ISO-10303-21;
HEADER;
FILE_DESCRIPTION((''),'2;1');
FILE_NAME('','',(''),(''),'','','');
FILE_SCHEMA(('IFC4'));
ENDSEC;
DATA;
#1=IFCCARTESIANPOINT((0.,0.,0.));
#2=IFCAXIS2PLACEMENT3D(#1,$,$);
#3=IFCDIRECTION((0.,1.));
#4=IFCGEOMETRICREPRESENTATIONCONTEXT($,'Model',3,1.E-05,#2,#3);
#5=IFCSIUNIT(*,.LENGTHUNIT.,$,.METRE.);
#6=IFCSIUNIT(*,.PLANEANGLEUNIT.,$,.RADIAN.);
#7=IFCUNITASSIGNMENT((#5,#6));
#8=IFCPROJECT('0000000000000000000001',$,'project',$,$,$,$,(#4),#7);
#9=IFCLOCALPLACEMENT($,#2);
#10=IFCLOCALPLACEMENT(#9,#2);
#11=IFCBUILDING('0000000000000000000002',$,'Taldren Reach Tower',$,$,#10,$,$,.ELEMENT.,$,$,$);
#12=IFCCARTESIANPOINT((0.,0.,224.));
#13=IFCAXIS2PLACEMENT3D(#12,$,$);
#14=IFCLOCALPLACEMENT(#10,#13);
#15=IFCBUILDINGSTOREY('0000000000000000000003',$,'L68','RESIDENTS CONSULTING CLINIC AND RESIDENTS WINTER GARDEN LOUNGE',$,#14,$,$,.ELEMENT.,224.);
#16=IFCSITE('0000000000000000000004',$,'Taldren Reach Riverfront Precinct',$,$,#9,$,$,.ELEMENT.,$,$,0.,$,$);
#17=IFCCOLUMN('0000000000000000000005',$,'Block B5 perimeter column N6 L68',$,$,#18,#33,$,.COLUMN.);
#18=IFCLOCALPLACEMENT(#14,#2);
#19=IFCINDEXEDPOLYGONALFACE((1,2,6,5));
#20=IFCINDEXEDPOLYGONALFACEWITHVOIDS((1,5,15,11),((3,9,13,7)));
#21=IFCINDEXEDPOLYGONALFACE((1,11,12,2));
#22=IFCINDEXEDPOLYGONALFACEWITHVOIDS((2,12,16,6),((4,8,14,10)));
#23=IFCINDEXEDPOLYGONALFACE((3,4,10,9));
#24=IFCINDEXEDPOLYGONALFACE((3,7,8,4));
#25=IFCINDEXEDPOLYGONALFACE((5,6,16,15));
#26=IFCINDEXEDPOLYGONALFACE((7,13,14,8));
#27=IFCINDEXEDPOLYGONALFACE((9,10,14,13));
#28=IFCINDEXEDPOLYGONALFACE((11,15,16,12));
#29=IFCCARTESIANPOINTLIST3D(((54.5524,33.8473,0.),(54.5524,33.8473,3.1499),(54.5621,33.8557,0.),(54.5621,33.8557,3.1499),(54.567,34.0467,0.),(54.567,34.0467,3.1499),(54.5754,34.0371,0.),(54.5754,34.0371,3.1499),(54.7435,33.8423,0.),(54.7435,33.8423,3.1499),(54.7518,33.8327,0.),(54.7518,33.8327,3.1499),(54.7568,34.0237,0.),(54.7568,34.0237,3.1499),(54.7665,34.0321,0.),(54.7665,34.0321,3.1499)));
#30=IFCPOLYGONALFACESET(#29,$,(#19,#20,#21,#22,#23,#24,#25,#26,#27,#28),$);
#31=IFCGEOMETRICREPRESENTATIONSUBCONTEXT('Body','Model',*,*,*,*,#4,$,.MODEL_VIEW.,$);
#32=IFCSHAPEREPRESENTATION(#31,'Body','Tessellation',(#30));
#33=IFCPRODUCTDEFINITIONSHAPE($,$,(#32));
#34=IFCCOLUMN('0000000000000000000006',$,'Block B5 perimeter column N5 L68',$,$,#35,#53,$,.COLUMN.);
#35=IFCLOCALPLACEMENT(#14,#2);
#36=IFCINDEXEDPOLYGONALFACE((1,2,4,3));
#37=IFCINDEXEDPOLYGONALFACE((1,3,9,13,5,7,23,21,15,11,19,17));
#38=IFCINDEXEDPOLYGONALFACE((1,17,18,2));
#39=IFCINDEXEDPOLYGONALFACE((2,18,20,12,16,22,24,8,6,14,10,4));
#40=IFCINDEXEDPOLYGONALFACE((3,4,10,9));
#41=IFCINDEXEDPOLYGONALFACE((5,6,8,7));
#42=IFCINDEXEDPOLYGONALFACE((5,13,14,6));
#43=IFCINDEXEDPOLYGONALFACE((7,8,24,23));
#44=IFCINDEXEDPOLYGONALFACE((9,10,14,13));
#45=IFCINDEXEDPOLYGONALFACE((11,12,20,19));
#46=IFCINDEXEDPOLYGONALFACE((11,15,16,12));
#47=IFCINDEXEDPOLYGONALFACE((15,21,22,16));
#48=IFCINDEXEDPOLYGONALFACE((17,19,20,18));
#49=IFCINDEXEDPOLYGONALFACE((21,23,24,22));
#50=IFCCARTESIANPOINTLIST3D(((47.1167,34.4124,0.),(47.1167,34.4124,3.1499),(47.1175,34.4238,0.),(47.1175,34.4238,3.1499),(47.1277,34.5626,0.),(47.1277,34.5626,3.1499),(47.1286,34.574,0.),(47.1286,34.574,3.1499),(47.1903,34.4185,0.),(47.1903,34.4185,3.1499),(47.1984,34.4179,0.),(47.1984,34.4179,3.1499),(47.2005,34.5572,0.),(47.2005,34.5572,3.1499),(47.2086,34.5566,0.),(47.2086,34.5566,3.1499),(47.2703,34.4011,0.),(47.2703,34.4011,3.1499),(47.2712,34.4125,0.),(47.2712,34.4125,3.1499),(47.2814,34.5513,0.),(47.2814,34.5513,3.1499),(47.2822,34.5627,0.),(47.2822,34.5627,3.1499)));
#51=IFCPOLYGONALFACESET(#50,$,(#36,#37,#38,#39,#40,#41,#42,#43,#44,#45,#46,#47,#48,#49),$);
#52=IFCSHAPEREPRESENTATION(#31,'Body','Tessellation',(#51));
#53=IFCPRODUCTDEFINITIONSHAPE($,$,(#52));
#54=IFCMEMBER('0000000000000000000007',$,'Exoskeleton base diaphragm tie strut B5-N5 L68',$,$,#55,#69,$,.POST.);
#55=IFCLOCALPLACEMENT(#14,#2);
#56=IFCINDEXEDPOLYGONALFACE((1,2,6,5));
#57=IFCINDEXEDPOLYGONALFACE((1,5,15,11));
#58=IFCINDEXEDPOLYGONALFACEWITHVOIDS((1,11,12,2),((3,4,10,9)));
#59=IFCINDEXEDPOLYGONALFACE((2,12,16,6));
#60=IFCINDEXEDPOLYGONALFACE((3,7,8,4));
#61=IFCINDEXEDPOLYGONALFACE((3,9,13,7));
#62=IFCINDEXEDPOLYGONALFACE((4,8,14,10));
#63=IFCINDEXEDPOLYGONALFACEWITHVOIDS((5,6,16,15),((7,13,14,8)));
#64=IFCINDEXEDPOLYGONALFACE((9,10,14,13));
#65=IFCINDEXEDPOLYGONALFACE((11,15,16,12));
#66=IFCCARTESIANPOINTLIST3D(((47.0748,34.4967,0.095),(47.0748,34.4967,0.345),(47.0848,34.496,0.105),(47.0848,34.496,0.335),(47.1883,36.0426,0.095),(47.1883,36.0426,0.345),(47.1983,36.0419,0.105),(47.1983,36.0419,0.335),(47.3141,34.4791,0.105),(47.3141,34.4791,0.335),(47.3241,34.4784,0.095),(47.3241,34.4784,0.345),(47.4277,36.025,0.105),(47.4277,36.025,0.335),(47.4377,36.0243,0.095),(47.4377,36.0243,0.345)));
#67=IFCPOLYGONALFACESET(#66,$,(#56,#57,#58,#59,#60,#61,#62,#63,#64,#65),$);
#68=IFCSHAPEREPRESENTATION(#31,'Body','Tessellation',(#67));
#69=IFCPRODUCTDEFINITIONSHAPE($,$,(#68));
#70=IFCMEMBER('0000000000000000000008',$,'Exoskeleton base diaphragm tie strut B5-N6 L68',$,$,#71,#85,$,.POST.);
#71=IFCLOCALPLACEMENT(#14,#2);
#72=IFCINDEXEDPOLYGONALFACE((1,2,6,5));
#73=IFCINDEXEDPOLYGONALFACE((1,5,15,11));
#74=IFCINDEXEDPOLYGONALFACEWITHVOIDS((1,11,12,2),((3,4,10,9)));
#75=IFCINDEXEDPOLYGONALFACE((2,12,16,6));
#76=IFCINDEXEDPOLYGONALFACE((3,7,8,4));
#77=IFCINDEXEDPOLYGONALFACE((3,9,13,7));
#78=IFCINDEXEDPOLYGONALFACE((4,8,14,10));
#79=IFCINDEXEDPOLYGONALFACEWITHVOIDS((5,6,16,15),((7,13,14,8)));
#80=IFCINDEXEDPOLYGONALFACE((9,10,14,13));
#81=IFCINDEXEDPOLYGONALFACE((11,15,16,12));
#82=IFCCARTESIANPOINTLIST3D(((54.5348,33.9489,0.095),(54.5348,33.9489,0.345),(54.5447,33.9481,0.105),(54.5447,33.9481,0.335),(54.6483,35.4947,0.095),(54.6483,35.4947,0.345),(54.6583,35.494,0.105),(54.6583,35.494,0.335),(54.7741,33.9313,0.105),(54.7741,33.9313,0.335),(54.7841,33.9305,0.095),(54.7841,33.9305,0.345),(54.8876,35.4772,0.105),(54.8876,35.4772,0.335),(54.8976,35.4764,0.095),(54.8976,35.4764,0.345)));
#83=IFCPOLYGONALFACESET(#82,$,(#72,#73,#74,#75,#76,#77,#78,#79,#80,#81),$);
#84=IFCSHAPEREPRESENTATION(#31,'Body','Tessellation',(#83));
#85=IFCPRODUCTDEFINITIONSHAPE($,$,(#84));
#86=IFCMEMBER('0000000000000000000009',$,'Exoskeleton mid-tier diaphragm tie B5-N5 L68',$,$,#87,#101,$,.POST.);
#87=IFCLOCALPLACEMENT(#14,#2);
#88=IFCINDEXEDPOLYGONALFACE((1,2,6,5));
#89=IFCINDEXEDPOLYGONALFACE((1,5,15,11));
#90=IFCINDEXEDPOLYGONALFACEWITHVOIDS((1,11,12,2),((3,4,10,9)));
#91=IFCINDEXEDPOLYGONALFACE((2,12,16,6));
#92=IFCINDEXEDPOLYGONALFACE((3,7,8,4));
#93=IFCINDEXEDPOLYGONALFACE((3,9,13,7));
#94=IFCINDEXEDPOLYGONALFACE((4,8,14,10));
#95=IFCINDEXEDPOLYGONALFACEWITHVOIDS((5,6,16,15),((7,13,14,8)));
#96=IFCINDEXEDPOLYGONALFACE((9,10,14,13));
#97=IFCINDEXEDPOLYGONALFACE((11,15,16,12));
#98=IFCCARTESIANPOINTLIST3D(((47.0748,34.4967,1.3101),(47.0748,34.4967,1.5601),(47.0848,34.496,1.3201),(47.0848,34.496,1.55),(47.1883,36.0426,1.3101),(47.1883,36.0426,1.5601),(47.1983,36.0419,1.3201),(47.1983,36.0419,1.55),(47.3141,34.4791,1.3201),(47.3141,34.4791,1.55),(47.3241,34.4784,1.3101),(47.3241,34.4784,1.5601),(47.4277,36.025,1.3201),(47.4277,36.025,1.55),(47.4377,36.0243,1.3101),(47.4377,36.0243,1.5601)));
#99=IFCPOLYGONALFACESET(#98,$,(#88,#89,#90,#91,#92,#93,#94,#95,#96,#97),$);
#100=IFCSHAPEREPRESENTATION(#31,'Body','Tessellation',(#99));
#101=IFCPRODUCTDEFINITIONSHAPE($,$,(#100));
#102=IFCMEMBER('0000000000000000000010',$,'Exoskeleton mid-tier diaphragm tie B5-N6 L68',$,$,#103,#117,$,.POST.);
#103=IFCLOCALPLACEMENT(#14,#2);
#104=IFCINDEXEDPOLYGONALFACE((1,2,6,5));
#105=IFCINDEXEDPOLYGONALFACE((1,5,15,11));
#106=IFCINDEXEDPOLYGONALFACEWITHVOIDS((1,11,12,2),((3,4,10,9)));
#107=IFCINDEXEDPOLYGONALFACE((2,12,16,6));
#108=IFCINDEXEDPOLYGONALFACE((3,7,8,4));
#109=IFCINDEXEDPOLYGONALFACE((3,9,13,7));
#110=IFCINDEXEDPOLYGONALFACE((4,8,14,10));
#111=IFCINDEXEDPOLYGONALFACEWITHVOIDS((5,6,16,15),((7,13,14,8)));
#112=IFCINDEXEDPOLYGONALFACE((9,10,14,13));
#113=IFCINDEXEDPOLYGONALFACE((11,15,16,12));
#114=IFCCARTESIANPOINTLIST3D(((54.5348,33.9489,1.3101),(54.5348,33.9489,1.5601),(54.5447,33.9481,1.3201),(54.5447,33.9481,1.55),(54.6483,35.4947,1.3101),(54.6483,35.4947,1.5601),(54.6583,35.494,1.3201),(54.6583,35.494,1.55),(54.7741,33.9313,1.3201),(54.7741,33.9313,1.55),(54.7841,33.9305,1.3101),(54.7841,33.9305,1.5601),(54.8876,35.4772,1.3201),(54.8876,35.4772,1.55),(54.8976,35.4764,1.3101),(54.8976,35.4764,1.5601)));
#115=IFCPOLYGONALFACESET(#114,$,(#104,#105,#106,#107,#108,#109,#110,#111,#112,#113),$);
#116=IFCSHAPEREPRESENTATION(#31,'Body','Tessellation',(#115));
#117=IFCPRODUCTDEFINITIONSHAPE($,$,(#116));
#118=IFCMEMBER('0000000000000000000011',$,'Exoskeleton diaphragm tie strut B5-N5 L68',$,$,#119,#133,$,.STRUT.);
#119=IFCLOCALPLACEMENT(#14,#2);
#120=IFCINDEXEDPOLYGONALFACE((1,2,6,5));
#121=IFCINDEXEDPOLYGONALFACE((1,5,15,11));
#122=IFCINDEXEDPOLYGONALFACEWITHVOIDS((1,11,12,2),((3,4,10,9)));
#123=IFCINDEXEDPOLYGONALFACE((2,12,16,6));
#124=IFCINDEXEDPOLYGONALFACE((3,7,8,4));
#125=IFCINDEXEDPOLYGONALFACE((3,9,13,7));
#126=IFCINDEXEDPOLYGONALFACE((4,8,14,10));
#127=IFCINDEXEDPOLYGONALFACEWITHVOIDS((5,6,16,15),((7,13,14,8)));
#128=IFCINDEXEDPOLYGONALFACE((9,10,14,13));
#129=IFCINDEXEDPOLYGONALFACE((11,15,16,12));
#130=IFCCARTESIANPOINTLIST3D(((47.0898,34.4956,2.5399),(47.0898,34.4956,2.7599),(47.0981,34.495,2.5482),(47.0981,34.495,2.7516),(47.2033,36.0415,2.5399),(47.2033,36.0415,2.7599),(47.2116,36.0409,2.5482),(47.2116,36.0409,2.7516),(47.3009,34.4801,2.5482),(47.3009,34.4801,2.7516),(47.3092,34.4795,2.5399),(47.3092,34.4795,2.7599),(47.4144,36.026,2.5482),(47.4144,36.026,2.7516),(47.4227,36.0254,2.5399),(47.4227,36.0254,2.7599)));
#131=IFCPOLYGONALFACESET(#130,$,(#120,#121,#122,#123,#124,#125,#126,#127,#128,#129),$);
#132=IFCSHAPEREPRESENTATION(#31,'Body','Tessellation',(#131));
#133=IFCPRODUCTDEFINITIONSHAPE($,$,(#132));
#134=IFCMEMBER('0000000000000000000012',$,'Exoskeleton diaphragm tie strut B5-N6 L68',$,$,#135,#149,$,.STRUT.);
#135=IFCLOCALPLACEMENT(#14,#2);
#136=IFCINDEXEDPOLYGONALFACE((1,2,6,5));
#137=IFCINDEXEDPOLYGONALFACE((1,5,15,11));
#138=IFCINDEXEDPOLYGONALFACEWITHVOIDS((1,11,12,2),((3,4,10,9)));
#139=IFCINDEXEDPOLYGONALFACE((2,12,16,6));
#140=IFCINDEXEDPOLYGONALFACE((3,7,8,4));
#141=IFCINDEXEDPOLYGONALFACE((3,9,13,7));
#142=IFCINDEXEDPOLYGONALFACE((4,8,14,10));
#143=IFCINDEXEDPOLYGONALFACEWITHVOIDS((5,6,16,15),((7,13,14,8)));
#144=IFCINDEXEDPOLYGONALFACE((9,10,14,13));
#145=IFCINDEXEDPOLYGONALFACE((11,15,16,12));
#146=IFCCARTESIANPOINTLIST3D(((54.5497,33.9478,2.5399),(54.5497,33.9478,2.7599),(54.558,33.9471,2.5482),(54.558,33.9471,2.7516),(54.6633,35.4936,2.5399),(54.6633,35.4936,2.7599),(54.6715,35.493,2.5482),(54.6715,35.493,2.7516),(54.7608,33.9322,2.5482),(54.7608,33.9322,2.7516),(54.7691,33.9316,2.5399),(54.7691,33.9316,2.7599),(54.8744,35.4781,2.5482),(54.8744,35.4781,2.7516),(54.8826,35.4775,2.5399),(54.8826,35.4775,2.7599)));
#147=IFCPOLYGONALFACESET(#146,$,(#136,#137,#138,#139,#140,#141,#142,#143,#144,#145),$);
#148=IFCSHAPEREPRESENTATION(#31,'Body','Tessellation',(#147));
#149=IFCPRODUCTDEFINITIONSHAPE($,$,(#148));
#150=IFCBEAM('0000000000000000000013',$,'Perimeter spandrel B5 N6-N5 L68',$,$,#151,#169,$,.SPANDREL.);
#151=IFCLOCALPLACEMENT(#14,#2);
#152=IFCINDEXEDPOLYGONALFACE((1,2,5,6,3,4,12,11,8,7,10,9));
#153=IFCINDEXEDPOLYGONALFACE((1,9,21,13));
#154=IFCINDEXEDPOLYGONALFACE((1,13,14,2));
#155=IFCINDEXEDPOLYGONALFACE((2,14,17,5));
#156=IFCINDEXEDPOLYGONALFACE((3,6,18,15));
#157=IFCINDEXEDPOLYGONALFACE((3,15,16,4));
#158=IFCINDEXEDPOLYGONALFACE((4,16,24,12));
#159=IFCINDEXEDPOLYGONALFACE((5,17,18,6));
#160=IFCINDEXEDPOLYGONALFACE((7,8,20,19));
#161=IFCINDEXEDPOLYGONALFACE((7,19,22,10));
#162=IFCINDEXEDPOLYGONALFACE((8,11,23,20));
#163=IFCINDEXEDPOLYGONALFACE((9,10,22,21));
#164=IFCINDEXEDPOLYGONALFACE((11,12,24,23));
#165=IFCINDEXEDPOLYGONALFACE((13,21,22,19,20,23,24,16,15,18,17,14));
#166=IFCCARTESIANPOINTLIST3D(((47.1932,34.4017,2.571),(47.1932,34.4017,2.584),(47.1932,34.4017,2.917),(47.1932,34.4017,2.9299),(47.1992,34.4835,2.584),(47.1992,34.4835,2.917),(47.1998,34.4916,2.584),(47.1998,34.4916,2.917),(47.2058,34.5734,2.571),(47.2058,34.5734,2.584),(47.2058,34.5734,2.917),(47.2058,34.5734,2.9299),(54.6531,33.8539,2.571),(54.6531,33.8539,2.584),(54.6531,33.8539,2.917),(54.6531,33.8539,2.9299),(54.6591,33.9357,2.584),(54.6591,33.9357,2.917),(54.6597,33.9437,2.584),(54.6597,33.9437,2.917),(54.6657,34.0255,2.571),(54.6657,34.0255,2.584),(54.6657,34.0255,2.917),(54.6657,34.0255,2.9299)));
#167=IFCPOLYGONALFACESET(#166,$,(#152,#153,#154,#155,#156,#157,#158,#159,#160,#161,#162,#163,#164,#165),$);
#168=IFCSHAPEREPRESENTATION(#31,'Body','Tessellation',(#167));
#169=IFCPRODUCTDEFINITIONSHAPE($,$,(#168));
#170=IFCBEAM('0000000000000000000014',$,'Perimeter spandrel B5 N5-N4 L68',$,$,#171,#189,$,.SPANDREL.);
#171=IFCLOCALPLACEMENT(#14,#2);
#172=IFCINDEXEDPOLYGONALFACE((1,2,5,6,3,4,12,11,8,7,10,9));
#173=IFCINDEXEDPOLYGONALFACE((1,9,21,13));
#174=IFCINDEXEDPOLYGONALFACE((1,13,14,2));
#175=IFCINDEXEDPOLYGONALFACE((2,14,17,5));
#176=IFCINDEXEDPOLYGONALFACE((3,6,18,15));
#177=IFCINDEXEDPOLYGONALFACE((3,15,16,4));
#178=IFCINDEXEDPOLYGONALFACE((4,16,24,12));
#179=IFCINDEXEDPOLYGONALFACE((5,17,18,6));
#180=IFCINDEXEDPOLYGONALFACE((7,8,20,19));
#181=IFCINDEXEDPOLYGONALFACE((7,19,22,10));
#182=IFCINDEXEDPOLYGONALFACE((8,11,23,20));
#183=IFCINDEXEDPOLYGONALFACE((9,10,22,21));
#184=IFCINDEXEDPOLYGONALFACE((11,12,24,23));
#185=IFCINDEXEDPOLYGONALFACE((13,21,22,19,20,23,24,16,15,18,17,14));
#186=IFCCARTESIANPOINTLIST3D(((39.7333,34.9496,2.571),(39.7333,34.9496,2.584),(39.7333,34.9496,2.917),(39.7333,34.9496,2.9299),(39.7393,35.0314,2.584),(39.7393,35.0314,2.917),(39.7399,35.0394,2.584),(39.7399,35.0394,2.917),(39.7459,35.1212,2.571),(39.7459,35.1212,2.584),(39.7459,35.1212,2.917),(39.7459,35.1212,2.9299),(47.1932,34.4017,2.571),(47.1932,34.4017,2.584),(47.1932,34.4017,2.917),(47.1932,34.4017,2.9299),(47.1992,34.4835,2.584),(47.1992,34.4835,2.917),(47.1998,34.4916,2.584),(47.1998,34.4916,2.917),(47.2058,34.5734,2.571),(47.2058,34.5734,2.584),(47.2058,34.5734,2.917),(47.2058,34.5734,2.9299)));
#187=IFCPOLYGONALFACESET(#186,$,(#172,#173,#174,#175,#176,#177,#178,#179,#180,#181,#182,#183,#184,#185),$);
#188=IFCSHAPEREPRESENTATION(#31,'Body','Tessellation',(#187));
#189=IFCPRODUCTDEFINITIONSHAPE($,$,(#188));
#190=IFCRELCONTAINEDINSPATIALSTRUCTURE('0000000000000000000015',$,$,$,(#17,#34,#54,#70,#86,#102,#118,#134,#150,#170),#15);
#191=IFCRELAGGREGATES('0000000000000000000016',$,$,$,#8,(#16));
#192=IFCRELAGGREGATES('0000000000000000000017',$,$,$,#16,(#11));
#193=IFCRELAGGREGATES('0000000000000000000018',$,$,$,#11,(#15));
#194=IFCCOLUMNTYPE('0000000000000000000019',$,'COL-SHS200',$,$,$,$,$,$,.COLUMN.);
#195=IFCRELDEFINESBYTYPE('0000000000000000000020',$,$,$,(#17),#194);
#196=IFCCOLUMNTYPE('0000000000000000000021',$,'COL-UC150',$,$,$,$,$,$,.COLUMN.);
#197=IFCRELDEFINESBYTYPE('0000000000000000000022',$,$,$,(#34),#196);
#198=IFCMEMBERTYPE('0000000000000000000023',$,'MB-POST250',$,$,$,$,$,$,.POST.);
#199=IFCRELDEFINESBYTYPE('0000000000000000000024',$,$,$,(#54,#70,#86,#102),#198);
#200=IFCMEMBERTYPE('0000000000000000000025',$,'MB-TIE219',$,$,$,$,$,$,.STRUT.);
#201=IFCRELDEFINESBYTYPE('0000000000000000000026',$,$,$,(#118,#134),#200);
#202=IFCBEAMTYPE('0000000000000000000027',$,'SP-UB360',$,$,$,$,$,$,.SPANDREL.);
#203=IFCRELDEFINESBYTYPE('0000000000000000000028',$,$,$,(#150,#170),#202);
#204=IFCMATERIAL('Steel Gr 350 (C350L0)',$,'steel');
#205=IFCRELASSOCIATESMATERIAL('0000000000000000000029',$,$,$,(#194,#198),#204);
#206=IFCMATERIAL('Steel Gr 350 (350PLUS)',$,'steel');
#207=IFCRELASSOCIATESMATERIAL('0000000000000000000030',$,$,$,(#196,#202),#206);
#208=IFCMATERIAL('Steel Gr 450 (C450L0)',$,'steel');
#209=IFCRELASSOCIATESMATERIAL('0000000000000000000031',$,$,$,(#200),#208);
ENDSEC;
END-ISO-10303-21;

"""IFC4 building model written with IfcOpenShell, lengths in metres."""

from ifc_helpers import new_model, si_unit, direction, frame, origin, origin_2d, place, context, subcontext, project, spatial, hollow_rectangle, i_section, extrude, source, transform, mapped, material, material_profile, profile_set, type_object, element, save


model = new_model("IFC4")

# Units and contexts
model_context = context("Model", 3, precision=1e-05, world=origin(), true_north=direction((0.0, 1.0)))
body_context = subcontext(model_context, "Body", "Model", "MODEL_VIEW")
ifc_project = project(units=[si_unit("LENGTHUNIT", "METRE"), si_unit("PLANEANGLEUNIT", "RADIAN")], contexts=[model_context])

# Site, building, storey
site_placement = place(None, origin())
site = spatial("IfcSite", under=ifc_project, at=site_placement, Name="Taldren Reach Riverfront Precinct", CompositionType="ELEMENT", RefElevation=0.0)
building_placement = place(site_placement, origin())
building = spatial("IfcBuilding", under=site, at=building_placement, Name="Taldren Reach Tower", CompositionType="ELEMENT")
storey_placement = place(building_placement, frame((0.0, 0.0, 224.0)))
storey = spatial("IfcBuildingStorey", under=building, at=storey_placement, Name="L68", Description="RESIDENTS CONSULTING CLINIC AND RESIDENTS WINTER GARDEN LOUNGE", CompositionType="ELEMENT", Elevation=224.0)

# Columns
ifc_material_1 = material(Name="Steel Gr 350 (C350L0)", Category="steel")
ifc_material_profile_1 = material_profile(ifc_material_1, hollow_rectangle(XDim=0.2, YDim=0.2, WallThickness=0.009, at=origin_2d()), Name="200x200x9.0SHS")
ifc_profile_set_1 = profile_set([ifc_material_profile_1], Name="Steel Gr 350 (C350L0)")
column_type_1 = type_object("IfcColumnType", Name="COL-SHS200", PredefinedType="COLUMN", material=ifc_profile_set_1)
shared_shape_1 = source(origin(), body_context, "Body", "SweptSolid", [
    extrude(hollow_rectangle(XDim=0.2, YDim=0.2, WallThickness=0.009, at=origin_2d()), origin(), (0.0, 0.0, 1.0), 3.1499),
])
column_1_placement = place(storey_placement, frame((54.6594, 33.9397, 0.0), z_axis=(0.0, 0.0, 1.0), x_axis=(0.997314, -0.073238, 0.0)))
element("IfcColumn", 1, at=column_1_placement, inside=storey, type_object=column_type_1, Name="Block B5 perimeter column N6 L68", PredefinedType="COLUMN", context=body_context, shape_type="MappedRepresentation", body=[
    mapped(shared_shape_1, transform((0.0, 0.0, 0.0), scale=1.0)),
])
ifc_material_2 = material(Name="Steel Gr 350 (350PLUS)", Category="steel")
ifc_material_profile_2 = material_profile(ifc_material_2, i_section(OverallWidth=0.1541, OverallDepth=0.1621, WebThickness=0.0081, FlangeThickness=0.0115, at=origin_2d()), Name="150UC37.2")
ifc_profile_set_2 = profile_set([ifc_material_profile_2], Name="Steel Gr 350 (350PLUS)")
column_type_2 = type_object("IfcColumnType", Name="COL-UC150", PredefinedType="COLUMN", material=ifc_profile_set_2)
shared_shape_2 = source(origin(), body_context, "Body", "SweptSolid", [
    extrude(i_section(OverallWidth=0.1541, OverallDepth=0.1621, WebThickness=0.0081, FlangeThickness=0.0115, at=origin_2d()), origin(), (0.0, 0.0, 1.0), 3.1499),
])
column_2_placement = place(storey_placement, frame((47.1995, 34.4875, 0.0), z_axis=(0.0, 0.0, 1.0), x_axis=(0.997314, -0.073238, 0.0)))
element("IfcColumn", 2, at=column_2_placement, inside=storey, type_object=column_type_2, Name="Block B5 perimeter column N5 L68", PredefinedType="COLUMN", context=body_context, shape_type="MappedRepresentation", body=[
    mapped(shared_shape_2, transform((0.0, 0.0, 0.0), scale=1.0)),
])

# Members
ifc_material_profile_3 = material_profile(ifc_material_1, hollow_rectangle(XDim=0.25, YDim=0.25, WallThickness=0.01, at=origin_2d()), Name="250x250x10.0SHS")
ifc_profile_set_3 = profile_set([ifc_material_profile_3], Name="Steel Gr 350 (C350L0)")
member_type_1 = type_object("IfcMemberType", Name="MB-POST250", PredefinedType="POST", material=ifc_profile_set_3)
shared_shape_3 = source(origin(), body_context, "Body", "SweptSolid", [
    extrude(hollow_rectangle(XDim=0.25, YDim=0.25, WallThickness=0.01, at=origin_2d()), origin(), (0.0, 0.0, 1.0), 1.55),
])
for number, where, z_axis, x_axis, name in (
    (3, (47.1995, 34.4875, 0.22), (0.073239, 0.997314, 0.0), (-0.997314, 0.073239, 0.0), "Exoskeleton base diaphragm tie strut B5-N5 L68"),
    (4, (54.6594, 33.9397, 0.22), (0.073239, 0.997314, 0.0), (-0.997314, 0.073239, 0.0), "Exoskeleton base diaphragm tie strut B5-N6 L68"),
    (5, (47.1995, 34.4875, 1.4351), (0.073239, 0.997314, 0.0), (-0.997314, 0.073239, 0.0), "Exoskeleton mid-tier diaphragm tie B5-N5 L68"),
    (6, (54.6594, 33.9397, 1.4351), (0.073239, 0.997314, 0.0), (-0.997314, 0.073239, 0.0), "Exoskeleton mid-tier diaphragm tie B5-N6 L68"),
):
    element("IfcMember", number, at=place(storey_placement, frame(where, z_axis=z_axis, x_axis=x_axis)), inside=storey, type_object=member_type_1, Name=name, PredefinedType="POST", context=body_context, shape_type="MappedRepresentation", body=[
        mapped(shared_shape_3, transform((0.0, 0.0, 0.0), scale=1.0)),
    ])
ifc_material_3 = material(Name="Steel Gr 450 (C450L0)", Category="steel")
ifc_material_profile_4 = material_profile(ifc_material_3, hollow_rectangle(XDim=0.22, YDim=0.22, WallThickness=0.0083, at=origin_2d()), Name="220x220x8.2SHS")
ifc_profile_set_4 = profile_set([ifc_material_profile_4], Name="Steel Gr 450 (C450L0)")
member_type_2 = type_object("IfcMemberType", Name="MB-TIE219", PredefinedType="STRUT", material=ifc_profile_set_4)
shared_shape_4 = source(origin(), body_context, "Body", "SweptSolid", [
    extrude(hollow_rectangle(XDim=0.22, YDim=0.22, WallThickness=0.0083, at=origin_2d()), origin(), (0.0, 0.0, 1.0), 1.55),
])
for number, where, z_axis, x_axis, name in (
    (7, (47.1995, 34.4875, 2.6499), (0.073239, 0.997314, 0.0), (-0.997314, 0.073239, 0.0), "Exoskeleton diaphragm tie strut B5-N5 L68"),
    (8, (54.6594, 33.9397, 2.6499), (0.073239, 0.997314, 0.0), (-0.997314, 0.073239, 0.0), "Exoskeleton diaphragm tie strut B5-N6 L68"),
):
    element("IfcMember", number, at=place(storey_placement, frame(where, z_axis=z_axis, x_axis=x_axis)), inside=storey, type_object=member_type_2, Name=name, PredefinedType="STRUT", context=body_context, shape_type="MappedRepresentation", body=[
        mapped(shared_shape_4, transform((0.0, 0.0, 0.0), scale=1.0)),
    ])

# Beams
ifc_material_profile_5 = material_profile(ifc_material_2, i_section(OverallWidth=0.1721, OverallDepth=0.3589, WebThickness=0.0081, FlangeThickness=0.0129, at=origin_2d()), Name="360UB56.7")
ifc_profile_set_5 = profile_set([ifc_material_profile_5], Name="Steel Gr 350 (350PLUS)")
beam_type = type_object("IfcBeamType", Name="SP-UB360", PredefinedType="SPANDREL", material=ifc_profile_set_5)
shared_shape_5 = source(origin(), body_context, "Body", "SweptSolid", [
    extrude(i_section(OverallWidth=0.1721, OverallDepth=0.3589, WebThickness=0.0081, FlangeThickness=0.0129, at=origin_2d()), origin(), (0.0, 0.0, 1.0), 7.48),
])
for number, where, z_axis, x_axis, name in (
    (9, (54.6594, 33.9397, 2.7505), (-0.997314, 0.073242, 0.0), (-0.073242, -0.997314, 0.0), "Perimeter spandrel B5 N6-N5 L68"),
    (10, (47.1995, 34.4875, 2.7505), (-0.997314, 0.073242, 0.0), (-0.073242, -0.997314, 0.0), "Perimeter spandrel B5 N5-N4 L68"),
):
    element("IfcBeam", number, at=place(storey_placement, frame(where, z_axis=z_axis, x_axis=x_axis)), inside=storey, type_object=beam_type, Name=name, PredefinedType="SPANDREL", context=body_context, shape_type="MappedRepresentation", body=[
        mapped(shared_shape_5, transform((0.0, 0.0, 0.0), scale=1.0)),
    ])

save(model, "model.ifc")
